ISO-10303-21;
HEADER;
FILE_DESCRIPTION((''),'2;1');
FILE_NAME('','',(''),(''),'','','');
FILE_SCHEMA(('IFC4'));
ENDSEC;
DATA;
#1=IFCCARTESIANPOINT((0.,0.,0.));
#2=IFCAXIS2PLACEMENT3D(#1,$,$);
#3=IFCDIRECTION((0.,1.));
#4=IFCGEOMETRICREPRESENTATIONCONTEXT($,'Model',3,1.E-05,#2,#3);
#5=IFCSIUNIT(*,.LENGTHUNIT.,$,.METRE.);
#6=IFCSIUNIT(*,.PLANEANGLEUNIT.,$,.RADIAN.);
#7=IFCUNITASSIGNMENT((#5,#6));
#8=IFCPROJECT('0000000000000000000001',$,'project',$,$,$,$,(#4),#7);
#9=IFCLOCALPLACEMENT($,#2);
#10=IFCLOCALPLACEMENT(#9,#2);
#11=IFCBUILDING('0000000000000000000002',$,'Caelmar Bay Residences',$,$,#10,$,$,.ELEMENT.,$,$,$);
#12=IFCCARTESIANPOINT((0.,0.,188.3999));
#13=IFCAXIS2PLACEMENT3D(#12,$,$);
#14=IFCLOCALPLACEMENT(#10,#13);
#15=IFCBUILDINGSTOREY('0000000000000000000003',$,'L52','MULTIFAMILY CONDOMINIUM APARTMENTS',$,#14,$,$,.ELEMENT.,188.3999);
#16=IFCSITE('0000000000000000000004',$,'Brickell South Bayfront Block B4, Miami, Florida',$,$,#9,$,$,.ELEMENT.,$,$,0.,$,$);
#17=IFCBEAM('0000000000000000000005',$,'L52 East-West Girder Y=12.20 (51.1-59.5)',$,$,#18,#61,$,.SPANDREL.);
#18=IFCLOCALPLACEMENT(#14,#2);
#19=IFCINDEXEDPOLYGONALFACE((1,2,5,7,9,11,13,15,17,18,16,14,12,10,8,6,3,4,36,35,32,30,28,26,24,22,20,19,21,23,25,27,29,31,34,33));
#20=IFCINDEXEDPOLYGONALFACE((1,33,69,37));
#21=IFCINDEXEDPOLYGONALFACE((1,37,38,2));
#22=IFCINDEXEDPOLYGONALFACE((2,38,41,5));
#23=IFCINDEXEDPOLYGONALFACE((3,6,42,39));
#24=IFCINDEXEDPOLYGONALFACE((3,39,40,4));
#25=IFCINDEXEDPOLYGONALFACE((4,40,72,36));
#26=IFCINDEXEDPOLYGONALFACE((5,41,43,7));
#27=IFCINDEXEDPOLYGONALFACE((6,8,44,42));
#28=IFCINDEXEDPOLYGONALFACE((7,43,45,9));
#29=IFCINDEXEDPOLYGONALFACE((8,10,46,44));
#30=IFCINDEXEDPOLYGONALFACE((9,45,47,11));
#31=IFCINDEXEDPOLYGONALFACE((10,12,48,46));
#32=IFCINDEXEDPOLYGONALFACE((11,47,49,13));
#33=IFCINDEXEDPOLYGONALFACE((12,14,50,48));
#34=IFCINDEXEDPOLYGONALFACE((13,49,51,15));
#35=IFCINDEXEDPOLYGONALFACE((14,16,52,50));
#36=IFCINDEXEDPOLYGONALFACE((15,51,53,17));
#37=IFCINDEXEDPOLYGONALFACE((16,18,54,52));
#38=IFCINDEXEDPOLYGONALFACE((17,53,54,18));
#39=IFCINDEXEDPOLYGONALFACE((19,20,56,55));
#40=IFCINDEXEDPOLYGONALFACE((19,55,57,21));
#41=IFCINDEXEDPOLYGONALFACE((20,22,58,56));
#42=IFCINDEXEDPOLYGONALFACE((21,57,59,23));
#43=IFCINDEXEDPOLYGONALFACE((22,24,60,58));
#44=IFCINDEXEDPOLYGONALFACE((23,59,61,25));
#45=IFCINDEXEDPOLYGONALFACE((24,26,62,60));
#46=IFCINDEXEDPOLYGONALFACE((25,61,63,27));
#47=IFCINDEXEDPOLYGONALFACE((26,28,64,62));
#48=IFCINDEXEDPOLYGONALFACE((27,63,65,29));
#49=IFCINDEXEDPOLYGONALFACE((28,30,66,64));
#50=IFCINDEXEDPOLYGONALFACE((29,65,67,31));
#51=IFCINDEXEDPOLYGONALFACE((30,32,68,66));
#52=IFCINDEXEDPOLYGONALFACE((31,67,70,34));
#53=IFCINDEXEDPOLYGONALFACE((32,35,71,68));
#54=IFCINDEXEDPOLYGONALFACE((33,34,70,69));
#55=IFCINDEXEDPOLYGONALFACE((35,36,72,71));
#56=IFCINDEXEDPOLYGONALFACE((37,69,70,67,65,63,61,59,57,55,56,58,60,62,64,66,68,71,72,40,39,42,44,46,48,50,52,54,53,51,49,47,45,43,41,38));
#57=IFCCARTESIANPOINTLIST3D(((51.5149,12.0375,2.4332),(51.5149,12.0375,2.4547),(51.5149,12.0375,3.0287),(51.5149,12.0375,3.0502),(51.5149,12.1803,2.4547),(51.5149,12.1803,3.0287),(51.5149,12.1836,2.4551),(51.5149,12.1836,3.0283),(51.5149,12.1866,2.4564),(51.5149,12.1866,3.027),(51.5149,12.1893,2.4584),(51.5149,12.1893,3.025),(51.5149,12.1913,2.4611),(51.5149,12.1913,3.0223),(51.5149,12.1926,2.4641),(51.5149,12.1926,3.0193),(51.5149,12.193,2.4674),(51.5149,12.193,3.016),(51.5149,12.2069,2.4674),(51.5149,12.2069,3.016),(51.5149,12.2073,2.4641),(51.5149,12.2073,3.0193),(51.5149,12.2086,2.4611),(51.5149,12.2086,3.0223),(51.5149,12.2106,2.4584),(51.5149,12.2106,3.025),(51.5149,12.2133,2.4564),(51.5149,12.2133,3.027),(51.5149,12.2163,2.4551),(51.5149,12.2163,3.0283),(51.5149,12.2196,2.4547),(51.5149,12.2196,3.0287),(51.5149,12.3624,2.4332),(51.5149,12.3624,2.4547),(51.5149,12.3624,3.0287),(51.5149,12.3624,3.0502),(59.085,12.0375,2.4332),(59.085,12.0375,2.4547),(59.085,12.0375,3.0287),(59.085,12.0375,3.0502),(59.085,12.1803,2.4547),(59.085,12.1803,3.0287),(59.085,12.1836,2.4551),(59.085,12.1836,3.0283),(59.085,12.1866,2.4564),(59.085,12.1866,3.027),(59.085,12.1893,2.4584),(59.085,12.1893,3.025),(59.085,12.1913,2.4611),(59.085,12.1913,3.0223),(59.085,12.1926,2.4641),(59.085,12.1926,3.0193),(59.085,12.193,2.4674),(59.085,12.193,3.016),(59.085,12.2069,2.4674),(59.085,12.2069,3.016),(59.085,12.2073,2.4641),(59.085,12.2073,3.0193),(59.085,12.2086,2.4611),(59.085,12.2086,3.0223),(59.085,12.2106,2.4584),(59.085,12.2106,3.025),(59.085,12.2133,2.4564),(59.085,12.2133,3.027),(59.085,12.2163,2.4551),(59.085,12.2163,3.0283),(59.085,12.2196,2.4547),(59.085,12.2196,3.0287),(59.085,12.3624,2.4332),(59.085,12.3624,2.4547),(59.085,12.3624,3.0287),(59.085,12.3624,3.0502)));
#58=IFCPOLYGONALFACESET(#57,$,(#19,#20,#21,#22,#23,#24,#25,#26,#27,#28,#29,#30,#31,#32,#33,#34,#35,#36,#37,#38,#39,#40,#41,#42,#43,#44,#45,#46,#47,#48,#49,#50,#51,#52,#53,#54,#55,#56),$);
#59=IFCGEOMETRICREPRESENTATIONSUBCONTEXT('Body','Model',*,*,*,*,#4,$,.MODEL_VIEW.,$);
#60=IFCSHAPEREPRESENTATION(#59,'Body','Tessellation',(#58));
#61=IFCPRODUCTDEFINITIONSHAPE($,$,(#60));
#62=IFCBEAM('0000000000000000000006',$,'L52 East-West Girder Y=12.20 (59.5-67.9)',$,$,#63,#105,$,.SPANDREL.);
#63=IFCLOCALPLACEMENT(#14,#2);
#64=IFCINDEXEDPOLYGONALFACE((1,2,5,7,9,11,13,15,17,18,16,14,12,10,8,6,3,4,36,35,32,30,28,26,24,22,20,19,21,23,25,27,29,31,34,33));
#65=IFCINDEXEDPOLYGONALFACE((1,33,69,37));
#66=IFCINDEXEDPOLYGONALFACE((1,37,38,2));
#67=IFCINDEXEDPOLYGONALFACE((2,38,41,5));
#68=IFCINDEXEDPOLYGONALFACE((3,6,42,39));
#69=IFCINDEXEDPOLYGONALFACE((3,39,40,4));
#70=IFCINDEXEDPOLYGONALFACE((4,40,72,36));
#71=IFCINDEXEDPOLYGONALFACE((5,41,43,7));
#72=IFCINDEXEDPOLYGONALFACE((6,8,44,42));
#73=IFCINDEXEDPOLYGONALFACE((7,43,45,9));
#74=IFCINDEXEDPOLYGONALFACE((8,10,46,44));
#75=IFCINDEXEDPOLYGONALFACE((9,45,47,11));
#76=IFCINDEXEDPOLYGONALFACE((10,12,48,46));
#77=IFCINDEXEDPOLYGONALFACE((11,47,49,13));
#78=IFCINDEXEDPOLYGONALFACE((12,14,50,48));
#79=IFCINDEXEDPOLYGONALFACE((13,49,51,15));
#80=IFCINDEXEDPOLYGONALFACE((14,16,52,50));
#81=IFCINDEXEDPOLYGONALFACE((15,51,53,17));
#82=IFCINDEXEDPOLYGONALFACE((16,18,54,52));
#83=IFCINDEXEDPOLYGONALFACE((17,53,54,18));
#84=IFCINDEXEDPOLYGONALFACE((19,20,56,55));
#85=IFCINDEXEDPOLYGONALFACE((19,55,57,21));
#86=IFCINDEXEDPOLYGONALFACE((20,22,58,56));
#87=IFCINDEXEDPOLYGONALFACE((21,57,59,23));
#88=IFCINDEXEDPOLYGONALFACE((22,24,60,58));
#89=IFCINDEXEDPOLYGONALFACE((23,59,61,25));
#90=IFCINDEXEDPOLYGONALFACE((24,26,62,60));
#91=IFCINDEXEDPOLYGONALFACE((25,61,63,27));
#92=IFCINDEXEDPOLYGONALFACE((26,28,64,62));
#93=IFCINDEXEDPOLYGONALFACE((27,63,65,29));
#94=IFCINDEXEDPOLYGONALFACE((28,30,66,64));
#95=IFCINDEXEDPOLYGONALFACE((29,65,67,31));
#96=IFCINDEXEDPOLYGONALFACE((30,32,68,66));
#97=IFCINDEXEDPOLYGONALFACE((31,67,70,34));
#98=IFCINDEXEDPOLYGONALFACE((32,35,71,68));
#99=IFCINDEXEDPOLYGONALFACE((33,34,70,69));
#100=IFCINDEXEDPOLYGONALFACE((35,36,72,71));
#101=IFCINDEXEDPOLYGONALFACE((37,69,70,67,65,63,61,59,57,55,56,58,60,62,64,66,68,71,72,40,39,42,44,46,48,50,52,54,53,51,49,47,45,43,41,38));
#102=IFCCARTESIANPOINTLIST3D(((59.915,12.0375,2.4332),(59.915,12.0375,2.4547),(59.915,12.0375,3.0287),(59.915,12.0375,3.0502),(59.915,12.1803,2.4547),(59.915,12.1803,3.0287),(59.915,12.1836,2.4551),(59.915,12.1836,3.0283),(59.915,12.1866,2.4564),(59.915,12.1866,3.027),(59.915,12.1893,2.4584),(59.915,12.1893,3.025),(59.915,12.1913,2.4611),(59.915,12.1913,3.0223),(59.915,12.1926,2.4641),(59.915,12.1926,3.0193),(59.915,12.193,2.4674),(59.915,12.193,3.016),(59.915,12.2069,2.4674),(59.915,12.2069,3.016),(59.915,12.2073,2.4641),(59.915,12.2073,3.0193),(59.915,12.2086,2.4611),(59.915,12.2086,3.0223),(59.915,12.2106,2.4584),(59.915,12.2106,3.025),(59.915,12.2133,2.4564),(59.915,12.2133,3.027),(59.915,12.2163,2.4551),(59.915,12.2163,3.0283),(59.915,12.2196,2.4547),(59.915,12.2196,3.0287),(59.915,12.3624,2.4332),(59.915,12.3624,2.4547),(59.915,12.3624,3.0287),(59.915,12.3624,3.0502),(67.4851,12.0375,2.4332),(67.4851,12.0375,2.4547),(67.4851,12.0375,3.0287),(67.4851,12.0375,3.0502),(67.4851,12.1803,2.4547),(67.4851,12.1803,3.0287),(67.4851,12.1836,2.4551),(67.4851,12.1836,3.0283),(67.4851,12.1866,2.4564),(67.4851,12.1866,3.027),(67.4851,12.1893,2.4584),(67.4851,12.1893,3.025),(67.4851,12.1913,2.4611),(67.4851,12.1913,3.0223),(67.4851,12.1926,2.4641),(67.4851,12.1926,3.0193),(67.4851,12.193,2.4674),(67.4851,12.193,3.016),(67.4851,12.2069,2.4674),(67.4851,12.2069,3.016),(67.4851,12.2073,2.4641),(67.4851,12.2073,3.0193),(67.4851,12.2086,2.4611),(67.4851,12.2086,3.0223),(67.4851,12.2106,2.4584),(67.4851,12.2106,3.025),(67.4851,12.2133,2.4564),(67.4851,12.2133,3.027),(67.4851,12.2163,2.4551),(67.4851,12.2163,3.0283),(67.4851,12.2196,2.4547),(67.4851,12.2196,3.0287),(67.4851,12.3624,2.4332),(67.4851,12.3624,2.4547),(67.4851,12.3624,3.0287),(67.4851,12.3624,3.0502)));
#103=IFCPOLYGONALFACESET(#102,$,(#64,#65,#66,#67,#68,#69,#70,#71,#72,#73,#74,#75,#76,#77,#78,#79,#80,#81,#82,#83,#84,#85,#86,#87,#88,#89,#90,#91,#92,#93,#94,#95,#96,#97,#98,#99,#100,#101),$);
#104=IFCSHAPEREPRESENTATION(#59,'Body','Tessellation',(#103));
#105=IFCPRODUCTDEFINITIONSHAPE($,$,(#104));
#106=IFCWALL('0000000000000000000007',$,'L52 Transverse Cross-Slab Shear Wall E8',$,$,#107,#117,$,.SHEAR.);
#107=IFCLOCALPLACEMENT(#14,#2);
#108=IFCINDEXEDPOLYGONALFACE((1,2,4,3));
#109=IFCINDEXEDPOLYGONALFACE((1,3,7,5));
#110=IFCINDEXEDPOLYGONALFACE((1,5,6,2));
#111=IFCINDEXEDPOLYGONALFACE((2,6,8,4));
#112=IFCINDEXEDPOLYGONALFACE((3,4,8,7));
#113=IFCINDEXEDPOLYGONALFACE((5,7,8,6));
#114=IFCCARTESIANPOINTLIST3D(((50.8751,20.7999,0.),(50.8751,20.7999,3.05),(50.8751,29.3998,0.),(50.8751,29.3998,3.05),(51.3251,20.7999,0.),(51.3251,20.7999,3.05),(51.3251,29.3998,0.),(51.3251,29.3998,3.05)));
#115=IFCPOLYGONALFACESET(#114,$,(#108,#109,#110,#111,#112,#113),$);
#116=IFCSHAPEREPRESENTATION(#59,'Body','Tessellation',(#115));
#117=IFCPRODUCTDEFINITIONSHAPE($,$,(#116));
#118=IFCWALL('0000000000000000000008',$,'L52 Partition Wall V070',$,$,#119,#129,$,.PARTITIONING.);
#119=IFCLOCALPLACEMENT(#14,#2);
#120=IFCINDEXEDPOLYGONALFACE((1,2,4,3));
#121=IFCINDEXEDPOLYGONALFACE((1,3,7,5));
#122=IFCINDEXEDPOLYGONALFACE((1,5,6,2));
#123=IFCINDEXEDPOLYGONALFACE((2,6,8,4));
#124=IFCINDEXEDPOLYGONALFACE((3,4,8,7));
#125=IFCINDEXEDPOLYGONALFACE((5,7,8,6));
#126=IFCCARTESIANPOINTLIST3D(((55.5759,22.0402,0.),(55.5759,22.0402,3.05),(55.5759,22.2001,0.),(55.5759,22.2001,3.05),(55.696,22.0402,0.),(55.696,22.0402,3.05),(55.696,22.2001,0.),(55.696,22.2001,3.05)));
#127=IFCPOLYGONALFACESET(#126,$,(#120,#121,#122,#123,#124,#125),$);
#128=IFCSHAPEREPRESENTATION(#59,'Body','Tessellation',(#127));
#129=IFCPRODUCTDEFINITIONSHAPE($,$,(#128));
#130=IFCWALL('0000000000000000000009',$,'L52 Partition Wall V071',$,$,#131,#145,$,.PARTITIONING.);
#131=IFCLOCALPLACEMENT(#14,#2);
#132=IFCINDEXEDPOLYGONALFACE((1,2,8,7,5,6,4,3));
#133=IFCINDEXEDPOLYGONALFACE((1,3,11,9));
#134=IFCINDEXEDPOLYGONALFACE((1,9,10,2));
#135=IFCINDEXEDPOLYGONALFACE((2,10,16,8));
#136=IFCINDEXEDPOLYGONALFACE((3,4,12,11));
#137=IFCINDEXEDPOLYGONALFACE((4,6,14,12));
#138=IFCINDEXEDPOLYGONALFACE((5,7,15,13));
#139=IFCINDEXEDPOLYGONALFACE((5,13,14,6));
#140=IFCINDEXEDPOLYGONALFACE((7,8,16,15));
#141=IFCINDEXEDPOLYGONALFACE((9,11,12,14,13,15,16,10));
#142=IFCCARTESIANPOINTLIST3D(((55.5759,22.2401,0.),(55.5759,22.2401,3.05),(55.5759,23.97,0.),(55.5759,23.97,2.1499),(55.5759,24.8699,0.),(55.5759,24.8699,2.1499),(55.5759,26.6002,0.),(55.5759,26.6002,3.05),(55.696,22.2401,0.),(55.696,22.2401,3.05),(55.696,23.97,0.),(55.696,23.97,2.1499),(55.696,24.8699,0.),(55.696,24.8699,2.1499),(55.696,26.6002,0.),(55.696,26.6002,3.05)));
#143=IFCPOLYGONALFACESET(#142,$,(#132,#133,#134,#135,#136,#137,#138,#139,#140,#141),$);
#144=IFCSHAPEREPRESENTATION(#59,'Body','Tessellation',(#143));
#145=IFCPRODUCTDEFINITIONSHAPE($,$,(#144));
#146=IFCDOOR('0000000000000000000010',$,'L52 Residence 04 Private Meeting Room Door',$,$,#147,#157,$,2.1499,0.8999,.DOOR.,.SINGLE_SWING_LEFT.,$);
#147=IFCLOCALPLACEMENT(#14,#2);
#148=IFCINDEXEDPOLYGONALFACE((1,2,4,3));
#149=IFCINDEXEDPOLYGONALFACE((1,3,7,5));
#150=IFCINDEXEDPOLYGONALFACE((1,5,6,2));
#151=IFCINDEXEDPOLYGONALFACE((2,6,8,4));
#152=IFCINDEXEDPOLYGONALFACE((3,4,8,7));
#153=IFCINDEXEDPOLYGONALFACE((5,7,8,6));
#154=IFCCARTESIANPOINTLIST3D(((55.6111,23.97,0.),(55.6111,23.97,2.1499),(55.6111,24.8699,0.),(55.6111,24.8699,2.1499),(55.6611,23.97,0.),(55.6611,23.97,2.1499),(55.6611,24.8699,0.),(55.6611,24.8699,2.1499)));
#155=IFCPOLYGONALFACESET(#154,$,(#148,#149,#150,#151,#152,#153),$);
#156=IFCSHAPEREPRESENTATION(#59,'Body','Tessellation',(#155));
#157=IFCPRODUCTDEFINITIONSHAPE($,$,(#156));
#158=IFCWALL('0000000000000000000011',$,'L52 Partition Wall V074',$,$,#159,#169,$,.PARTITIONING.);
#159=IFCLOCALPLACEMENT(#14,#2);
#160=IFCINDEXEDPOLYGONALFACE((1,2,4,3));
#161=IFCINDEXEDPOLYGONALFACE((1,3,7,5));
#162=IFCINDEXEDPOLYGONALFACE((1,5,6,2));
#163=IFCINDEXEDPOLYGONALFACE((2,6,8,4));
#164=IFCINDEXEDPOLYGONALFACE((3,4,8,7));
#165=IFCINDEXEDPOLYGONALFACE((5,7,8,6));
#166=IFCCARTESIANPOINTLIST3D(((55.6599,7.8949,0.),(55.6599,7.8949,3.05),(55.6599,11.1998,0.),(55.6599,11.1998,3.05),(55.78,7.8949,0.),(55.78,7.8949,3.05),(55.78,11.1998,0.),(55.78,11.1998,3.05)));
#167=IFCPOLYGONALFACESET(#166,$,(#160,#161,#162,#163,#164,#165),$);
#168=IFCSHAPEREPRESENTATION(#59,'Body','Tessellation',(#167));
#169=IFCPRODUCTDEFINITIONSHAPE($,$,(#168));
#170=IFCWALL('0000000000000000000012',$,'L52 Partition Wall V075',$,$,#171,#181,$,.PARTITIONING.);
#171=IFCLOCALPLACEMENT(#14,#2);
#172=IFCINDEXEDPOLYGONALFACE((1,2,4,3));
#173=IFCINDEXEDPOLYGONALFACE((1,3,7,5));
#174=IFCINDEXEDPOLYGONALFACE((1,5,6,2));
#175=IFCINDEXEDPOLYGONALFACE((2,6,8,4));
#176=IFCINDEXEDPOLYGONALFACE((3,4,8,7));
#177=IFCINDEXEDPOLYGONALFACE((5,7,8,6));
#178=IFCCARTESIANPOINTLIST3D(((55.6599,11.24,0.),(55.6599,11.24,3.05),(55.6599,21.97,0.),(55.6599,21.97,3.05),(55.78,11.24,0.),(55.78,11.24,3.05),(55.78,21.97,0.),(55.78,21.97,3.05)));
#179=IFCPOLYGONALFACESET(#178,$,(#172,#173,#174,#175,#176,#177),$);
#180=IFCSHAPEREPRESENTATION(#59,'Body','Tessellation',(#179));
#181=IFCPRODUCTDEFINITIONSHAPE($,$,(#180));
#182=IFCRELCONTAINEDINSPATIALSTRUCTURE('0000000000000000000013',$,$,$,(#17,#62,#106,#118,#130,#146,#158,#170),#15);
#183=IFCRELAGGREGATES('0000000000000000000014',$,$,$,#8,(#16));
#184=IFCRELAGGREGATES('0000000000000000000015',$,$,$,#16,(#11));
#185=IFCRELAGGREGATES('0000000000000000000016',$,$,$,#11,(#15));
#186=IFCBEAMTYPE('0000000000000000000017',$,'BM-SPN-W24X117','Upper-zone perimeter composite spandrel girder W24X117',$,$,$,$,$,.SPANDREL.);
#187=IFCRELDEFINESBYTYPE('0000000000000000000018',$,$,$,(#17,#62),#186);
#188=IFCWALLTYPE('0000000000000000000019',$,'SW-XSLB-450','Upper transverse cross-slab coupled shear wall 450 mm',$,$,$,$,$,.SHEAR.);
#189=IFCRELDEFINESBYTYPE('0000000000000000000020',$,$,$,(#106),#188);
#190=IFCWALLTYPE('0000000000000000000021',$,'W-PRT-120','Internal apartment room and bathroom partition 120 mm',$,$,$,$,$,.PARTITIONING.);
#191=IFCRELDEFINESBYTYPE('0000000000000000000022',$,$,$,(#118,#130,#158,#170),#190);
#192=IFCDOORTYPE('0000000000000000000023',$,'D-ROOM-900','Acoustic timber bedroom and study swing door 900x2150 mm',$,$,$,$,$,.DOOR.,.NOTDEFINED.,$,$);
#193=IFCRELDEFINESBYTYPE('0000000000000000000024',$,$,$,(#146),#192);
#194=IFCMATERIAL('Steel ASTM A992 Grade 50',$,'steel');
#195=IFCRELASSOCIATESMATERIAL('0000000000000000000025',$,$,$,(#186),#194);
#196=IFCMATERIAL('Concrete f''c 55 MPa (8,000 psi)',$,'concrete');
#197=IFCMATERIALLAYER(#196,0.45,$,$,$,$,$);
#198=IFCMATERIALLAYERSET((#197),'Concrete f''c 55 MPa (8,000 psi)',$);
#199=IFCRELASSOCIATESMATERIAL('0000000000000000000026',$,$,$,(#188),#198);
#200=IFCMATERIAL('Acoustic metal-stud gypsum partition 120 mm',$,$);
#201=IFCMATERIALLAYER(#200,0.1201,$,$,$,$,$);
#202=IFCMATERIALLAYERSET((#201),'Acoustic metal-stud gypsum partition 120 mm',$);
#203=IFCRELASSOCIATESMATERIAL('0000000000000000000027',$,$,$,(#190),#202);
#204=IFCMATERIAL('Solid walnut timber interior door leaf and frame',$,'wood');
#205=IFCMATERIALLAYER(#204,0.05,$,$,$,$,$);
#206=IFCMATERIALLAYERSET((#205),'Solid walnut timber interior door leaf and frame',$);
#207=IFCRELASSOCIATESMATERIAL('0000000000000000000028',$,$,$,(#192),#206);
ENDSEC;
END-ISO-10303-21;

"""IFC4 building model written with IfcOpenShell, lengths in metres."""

from ifc_helpers import new_model, si_unit, direction, frame, frame_2d, origin, origin_2d, place, context, subcontext, project, spatial, rectangle, i_section, extrude, material, layer, layer_set, material_profile, profile_set, type_object, element, fill, save


model = new_model("IFC4")

# Units and contexts
model_context = context("Model", 3, precision=1e-05, world=origin(), true_north=direction((0.0, 1.0)))
body_context = subcontext(model_context, "Body", "Model", "MODEL_VIEW")
ifc_project = project(units=[si_unit("LENGTHUNIT", "METRE"), si_unit("PLANEANGLEUNIT", "RADIAN")], contexts=[model_context])

# Site, building, storey
site_placement = place(None, origin())
site = spatial("IfcSite", under=ifc_project, at=site_placement, Name="Brickell South Bayfront Block B4, Miami, Florida", CompositionType="ELEMENT", RefElevation=0.0)
building_placement = place(site_placement, origin())
building = spatial("IfcBuilding", under=site, at=building_placement, Name="Caelmar Bay Residences", CompositionType="ELEMENT")
storey_placement = place(building_placement, frame((0.0, 0.0, 188.3999)))
storey = spatial("IfcBuildingStorey", under=building, at=storey_placement, Name="L52", Description="MULTIFAMILY CONDOMINIUM APARTMENTS", CompositionType="ELEMENT", Elevation=188.3999)

# Shared definitions
ifc_material_1 = material(Name="Concrete f'c 55 MPa (8,000 psi)", Category="concrete")

# Beams
ifc_material_2 = material(Name="Steel ASTM A992 Grade 50", Category="steel")
ifc_material_profile_1 = material_profile(ifc_material_2, i_section(OverallWidth=0.325, OverallDepth=0.6169, WebThickness=0.0139, FlangeThickness=0.0215, FilletRadius=0.0127, at=origin_2d()), Name="W24X117")
ifc_profile_set_1 = profile_set([ifc_material_profile_1], Name="Steel ASTM A992 Grade 50")
beam_type_1 = type_object("IfcBeamType", Name="BM-SPN-W24X117", Description="Upper-zone perimeter composite spandrel girder W24X117", PredefinedType="SPANDREL", material=ifc_profile_set_1)
for number, where, z_axis, x_axis, name in (
    (1, (51.5149, 12.2, 2.7417), (1.0, 0.0, 0.0), (0.0, 1.0, 0.0), "L52 East-West Girder Y=12.20 (51.1-59.5)"),
    (2, (59.915, 12.2, 2.7417), (1.0, 0.0, 0.0), (0.0, 1.0, 0.0), "L52 East-West Girder Y=12.20 (59.5-67.9)"),
):
    element("IfcBeam", number, at=place(storey_placement, frame(where, z_axis=z_axis, x_axis=x_axis)), inside=storey, type_object=beam_type_1, Name=name, PredefinedType="SPANDREL", context=body_context, shape_type="SweptSolid", body=[
        extrude(i_section(OverallWidth=0.325, OverallDepth=0.6169, WebThickness=0.0139, FlangeThickness=0.0215, FilletRadius=0.0127, at=origin_2d()), origin(), (0.0, 0.0, 1.0), 7.5701),
    ])

# Walls
ifc_layer_1 = layer(ifc_material_1, 0.45)
ifc_layer_set_1 = layer_set([ifc_layer_1], Name="Concrete f'c 55 MPa (8,000 psi)")
wall_type_1 = type_object("IfcWallType", Name="SW-XSLB-450", Description="Upper transverse cross-slab coupled shear wall 450 mm", PredefinedType="SHEAR", material=ifc_layer_set_1)
wall_1_placement = place(storey_placement, frame((51.1001, 20.8, 0.0), z_axis=(0.0, 0.0, 1.0), x_axis=(0.0, 1.0, 0.0)))
element("IfcWall", 3, at=wall_1_placement, inside=storey, type_object=wall_type_1, Name="L52 Transverse Cross-Slab Shear Wall E8", PredefinedType="SHEAR", context=body_context, shape_type="SweptSolid", body=[
    extrude(rectangle(XDim=8.5999, YDim=0.45, at=frame_2d((4.2998, 0.0))), origin(), (0.0, 0.0, 1.0), 3.05),
])
ifc_material_3 = material(Name="Acoustic metal-stud gypsum partition 120 mm")
ifc_layer_2 = layer(ifc_material_3, 0.1201)
ifc_layer_set_2 = layer_set([ifc_layer_2], Name="Acoustic metal-stud gypsum partition 120 mm")
wall_type_2 = type_object("IfcWallType", Name="W-PRT-120", Description="Internal apartment room and bathroom partition 120 mm", PredefinedType="PARTITIONING", material=ifc_layer_set_2)
wall_2_placement = place(storey_placement, frame((55.636, 22.04, 0.0), z_axis=(0.0, 0.0, 1.0), x_axis=(0.0, 1.0, 0.0)))
element("IfcWall", 4, at=wall_2_placement, inside=storey, type_object=wall_type_2, Name="L52 Partition Wall V070", PredefinedType="PARTITIONING", context=body_context, shape_type="SweptSolid", body=[
    extrude(rectangle(XDim=0.1599, YDim=0.1201, at=frame_2d((0.0801, 0.0))), origin(), (0.0, 0.0, 1.0), 3.05),
])

# Wall, opening, door
wall_3_placement = place(storey_placement, frame((55.636, 22.24, 0.0), z_axis=(0.0, 0.0, 1.0), x_axis=(0.0, 1.0, 0.0)))
wall_3 = element("IfcWall", 5, at=wall_3_placement, inside=storey, type_object=wall_type_2, Name="L52 Partition Wall V071", PredefinedType="PARTITIONING", context=body_context, shape_type="SweptSolid", body=[
    extrude(rectangle(XDim=4.3601, YDim=0.1201, at=frame_2d((2.1802, 0.0))), origin(), (0.0, 0.0, 1.0), 3.05),
])
opening_1_placement = place(wall_3_placement, frame((1.73, 0.0, 0.0)))
opening_1 = element("IfcOpeningElement", 6, at=opening_1_placement, cuts=wall_3, PredefinedType="OPENING", context=body_context, shape_type="SweptSolid", body=[
    extrude(rectangle(XDim=0.8999, YDim=2.1499, at=frame_2d((0.45, 1.075))), frame((0.0, 0.0701, 0.0), z_axis=(0.0, -1.0, 0.0), x_axis=(1.0, 0.0, 0.0)), (0.0, 0.0, 1.0), 0.1401),
])
ifc_material_4 = material(Name="Solid walnut timber interior door leaf and frame", Category="wood")
ifc_layer_3 = layer(ifc_material_4, 0.05)
ifc_layer_set_3 = layer_set([ifc_layer_3], Name="Solid walnut timber interior door leaf and frame")
door_type = type_object("IfcDoorType", Name="D-ROOM-900", Description="Acoustic timber bedroom and study swing door 900x2150 mm", OperationType="NOTDEFINED", PredefinedType="DOOR", material=ifc_layer_set_3)
door_1_placement = place(opening_1_placement, origin())
door_1 = element("IfcDoor", 7, at=door_1_placement, inside=storey, type_object=door_type, Name="L52 Residence 04 Private Meeting Room Door", OperationType="SINGLE_SWING_LEFT", OverallHeight=2.1499, OverallWidth=0.8999, PredefinedType="DOOR", context=body_context, shape_type="SweptSolid", body=[
    extrude(rectangle(XDim=0.8999, YDim=2.1499, at=frame_2d((0.45, 1.075))), frame((0.0, 0.0249, 0.0), z_axis=(0.0, -1.0, 0.0), x_axis=(1.0, 0.0, 0.0)), (0.0, 0.0, 1.0), 0.05),
])
fill(opening_1, door_1)

# Walls
wall_4_placement = place(storey_placement, frame((55.72, 7.895, 0.0), z_axis=(0.0, 0.0, 1.0), x_axis=(0.0, 1.0, 0.0)))
element("IfcWall", 8, at=wall_4_placement, inside=storey, type_object=wall_type_2, Name="L52 Partition Wall V074", PredefinedType="PARTITIONING", context=body_context, shape_type="SweptSolid", body=[
    extrude(rectangle(XDim=3.3049, YDim=0.1201, at=frame_2d((1.6523, 0.0))), origin(), (0.0, 0.0, 1.0), 3.05),
])
wall_5_placement = place(storey_placement, frame((55.72, 11.24, 0.0), z_axis=(0.0, 0.0, 1.0), x_axis=(0.0, 1.0, 0.0)))
element("IfcWall", 9, at=wall_5_placement, inside=storey, type_object=wall_type_2, Name="L52 Partition Wall V075", PredefinedType="PARTITIONING", context=body_context, shape_type="SweptSolid", body=[
    extrude(rectangle(XDim=10.73, YDim=0.1201, at=frame_2d((5.365, 0.0))), origin(), (0.0, 0.0, 1.0), 3.05),
])

save(model, "model.ifc")
